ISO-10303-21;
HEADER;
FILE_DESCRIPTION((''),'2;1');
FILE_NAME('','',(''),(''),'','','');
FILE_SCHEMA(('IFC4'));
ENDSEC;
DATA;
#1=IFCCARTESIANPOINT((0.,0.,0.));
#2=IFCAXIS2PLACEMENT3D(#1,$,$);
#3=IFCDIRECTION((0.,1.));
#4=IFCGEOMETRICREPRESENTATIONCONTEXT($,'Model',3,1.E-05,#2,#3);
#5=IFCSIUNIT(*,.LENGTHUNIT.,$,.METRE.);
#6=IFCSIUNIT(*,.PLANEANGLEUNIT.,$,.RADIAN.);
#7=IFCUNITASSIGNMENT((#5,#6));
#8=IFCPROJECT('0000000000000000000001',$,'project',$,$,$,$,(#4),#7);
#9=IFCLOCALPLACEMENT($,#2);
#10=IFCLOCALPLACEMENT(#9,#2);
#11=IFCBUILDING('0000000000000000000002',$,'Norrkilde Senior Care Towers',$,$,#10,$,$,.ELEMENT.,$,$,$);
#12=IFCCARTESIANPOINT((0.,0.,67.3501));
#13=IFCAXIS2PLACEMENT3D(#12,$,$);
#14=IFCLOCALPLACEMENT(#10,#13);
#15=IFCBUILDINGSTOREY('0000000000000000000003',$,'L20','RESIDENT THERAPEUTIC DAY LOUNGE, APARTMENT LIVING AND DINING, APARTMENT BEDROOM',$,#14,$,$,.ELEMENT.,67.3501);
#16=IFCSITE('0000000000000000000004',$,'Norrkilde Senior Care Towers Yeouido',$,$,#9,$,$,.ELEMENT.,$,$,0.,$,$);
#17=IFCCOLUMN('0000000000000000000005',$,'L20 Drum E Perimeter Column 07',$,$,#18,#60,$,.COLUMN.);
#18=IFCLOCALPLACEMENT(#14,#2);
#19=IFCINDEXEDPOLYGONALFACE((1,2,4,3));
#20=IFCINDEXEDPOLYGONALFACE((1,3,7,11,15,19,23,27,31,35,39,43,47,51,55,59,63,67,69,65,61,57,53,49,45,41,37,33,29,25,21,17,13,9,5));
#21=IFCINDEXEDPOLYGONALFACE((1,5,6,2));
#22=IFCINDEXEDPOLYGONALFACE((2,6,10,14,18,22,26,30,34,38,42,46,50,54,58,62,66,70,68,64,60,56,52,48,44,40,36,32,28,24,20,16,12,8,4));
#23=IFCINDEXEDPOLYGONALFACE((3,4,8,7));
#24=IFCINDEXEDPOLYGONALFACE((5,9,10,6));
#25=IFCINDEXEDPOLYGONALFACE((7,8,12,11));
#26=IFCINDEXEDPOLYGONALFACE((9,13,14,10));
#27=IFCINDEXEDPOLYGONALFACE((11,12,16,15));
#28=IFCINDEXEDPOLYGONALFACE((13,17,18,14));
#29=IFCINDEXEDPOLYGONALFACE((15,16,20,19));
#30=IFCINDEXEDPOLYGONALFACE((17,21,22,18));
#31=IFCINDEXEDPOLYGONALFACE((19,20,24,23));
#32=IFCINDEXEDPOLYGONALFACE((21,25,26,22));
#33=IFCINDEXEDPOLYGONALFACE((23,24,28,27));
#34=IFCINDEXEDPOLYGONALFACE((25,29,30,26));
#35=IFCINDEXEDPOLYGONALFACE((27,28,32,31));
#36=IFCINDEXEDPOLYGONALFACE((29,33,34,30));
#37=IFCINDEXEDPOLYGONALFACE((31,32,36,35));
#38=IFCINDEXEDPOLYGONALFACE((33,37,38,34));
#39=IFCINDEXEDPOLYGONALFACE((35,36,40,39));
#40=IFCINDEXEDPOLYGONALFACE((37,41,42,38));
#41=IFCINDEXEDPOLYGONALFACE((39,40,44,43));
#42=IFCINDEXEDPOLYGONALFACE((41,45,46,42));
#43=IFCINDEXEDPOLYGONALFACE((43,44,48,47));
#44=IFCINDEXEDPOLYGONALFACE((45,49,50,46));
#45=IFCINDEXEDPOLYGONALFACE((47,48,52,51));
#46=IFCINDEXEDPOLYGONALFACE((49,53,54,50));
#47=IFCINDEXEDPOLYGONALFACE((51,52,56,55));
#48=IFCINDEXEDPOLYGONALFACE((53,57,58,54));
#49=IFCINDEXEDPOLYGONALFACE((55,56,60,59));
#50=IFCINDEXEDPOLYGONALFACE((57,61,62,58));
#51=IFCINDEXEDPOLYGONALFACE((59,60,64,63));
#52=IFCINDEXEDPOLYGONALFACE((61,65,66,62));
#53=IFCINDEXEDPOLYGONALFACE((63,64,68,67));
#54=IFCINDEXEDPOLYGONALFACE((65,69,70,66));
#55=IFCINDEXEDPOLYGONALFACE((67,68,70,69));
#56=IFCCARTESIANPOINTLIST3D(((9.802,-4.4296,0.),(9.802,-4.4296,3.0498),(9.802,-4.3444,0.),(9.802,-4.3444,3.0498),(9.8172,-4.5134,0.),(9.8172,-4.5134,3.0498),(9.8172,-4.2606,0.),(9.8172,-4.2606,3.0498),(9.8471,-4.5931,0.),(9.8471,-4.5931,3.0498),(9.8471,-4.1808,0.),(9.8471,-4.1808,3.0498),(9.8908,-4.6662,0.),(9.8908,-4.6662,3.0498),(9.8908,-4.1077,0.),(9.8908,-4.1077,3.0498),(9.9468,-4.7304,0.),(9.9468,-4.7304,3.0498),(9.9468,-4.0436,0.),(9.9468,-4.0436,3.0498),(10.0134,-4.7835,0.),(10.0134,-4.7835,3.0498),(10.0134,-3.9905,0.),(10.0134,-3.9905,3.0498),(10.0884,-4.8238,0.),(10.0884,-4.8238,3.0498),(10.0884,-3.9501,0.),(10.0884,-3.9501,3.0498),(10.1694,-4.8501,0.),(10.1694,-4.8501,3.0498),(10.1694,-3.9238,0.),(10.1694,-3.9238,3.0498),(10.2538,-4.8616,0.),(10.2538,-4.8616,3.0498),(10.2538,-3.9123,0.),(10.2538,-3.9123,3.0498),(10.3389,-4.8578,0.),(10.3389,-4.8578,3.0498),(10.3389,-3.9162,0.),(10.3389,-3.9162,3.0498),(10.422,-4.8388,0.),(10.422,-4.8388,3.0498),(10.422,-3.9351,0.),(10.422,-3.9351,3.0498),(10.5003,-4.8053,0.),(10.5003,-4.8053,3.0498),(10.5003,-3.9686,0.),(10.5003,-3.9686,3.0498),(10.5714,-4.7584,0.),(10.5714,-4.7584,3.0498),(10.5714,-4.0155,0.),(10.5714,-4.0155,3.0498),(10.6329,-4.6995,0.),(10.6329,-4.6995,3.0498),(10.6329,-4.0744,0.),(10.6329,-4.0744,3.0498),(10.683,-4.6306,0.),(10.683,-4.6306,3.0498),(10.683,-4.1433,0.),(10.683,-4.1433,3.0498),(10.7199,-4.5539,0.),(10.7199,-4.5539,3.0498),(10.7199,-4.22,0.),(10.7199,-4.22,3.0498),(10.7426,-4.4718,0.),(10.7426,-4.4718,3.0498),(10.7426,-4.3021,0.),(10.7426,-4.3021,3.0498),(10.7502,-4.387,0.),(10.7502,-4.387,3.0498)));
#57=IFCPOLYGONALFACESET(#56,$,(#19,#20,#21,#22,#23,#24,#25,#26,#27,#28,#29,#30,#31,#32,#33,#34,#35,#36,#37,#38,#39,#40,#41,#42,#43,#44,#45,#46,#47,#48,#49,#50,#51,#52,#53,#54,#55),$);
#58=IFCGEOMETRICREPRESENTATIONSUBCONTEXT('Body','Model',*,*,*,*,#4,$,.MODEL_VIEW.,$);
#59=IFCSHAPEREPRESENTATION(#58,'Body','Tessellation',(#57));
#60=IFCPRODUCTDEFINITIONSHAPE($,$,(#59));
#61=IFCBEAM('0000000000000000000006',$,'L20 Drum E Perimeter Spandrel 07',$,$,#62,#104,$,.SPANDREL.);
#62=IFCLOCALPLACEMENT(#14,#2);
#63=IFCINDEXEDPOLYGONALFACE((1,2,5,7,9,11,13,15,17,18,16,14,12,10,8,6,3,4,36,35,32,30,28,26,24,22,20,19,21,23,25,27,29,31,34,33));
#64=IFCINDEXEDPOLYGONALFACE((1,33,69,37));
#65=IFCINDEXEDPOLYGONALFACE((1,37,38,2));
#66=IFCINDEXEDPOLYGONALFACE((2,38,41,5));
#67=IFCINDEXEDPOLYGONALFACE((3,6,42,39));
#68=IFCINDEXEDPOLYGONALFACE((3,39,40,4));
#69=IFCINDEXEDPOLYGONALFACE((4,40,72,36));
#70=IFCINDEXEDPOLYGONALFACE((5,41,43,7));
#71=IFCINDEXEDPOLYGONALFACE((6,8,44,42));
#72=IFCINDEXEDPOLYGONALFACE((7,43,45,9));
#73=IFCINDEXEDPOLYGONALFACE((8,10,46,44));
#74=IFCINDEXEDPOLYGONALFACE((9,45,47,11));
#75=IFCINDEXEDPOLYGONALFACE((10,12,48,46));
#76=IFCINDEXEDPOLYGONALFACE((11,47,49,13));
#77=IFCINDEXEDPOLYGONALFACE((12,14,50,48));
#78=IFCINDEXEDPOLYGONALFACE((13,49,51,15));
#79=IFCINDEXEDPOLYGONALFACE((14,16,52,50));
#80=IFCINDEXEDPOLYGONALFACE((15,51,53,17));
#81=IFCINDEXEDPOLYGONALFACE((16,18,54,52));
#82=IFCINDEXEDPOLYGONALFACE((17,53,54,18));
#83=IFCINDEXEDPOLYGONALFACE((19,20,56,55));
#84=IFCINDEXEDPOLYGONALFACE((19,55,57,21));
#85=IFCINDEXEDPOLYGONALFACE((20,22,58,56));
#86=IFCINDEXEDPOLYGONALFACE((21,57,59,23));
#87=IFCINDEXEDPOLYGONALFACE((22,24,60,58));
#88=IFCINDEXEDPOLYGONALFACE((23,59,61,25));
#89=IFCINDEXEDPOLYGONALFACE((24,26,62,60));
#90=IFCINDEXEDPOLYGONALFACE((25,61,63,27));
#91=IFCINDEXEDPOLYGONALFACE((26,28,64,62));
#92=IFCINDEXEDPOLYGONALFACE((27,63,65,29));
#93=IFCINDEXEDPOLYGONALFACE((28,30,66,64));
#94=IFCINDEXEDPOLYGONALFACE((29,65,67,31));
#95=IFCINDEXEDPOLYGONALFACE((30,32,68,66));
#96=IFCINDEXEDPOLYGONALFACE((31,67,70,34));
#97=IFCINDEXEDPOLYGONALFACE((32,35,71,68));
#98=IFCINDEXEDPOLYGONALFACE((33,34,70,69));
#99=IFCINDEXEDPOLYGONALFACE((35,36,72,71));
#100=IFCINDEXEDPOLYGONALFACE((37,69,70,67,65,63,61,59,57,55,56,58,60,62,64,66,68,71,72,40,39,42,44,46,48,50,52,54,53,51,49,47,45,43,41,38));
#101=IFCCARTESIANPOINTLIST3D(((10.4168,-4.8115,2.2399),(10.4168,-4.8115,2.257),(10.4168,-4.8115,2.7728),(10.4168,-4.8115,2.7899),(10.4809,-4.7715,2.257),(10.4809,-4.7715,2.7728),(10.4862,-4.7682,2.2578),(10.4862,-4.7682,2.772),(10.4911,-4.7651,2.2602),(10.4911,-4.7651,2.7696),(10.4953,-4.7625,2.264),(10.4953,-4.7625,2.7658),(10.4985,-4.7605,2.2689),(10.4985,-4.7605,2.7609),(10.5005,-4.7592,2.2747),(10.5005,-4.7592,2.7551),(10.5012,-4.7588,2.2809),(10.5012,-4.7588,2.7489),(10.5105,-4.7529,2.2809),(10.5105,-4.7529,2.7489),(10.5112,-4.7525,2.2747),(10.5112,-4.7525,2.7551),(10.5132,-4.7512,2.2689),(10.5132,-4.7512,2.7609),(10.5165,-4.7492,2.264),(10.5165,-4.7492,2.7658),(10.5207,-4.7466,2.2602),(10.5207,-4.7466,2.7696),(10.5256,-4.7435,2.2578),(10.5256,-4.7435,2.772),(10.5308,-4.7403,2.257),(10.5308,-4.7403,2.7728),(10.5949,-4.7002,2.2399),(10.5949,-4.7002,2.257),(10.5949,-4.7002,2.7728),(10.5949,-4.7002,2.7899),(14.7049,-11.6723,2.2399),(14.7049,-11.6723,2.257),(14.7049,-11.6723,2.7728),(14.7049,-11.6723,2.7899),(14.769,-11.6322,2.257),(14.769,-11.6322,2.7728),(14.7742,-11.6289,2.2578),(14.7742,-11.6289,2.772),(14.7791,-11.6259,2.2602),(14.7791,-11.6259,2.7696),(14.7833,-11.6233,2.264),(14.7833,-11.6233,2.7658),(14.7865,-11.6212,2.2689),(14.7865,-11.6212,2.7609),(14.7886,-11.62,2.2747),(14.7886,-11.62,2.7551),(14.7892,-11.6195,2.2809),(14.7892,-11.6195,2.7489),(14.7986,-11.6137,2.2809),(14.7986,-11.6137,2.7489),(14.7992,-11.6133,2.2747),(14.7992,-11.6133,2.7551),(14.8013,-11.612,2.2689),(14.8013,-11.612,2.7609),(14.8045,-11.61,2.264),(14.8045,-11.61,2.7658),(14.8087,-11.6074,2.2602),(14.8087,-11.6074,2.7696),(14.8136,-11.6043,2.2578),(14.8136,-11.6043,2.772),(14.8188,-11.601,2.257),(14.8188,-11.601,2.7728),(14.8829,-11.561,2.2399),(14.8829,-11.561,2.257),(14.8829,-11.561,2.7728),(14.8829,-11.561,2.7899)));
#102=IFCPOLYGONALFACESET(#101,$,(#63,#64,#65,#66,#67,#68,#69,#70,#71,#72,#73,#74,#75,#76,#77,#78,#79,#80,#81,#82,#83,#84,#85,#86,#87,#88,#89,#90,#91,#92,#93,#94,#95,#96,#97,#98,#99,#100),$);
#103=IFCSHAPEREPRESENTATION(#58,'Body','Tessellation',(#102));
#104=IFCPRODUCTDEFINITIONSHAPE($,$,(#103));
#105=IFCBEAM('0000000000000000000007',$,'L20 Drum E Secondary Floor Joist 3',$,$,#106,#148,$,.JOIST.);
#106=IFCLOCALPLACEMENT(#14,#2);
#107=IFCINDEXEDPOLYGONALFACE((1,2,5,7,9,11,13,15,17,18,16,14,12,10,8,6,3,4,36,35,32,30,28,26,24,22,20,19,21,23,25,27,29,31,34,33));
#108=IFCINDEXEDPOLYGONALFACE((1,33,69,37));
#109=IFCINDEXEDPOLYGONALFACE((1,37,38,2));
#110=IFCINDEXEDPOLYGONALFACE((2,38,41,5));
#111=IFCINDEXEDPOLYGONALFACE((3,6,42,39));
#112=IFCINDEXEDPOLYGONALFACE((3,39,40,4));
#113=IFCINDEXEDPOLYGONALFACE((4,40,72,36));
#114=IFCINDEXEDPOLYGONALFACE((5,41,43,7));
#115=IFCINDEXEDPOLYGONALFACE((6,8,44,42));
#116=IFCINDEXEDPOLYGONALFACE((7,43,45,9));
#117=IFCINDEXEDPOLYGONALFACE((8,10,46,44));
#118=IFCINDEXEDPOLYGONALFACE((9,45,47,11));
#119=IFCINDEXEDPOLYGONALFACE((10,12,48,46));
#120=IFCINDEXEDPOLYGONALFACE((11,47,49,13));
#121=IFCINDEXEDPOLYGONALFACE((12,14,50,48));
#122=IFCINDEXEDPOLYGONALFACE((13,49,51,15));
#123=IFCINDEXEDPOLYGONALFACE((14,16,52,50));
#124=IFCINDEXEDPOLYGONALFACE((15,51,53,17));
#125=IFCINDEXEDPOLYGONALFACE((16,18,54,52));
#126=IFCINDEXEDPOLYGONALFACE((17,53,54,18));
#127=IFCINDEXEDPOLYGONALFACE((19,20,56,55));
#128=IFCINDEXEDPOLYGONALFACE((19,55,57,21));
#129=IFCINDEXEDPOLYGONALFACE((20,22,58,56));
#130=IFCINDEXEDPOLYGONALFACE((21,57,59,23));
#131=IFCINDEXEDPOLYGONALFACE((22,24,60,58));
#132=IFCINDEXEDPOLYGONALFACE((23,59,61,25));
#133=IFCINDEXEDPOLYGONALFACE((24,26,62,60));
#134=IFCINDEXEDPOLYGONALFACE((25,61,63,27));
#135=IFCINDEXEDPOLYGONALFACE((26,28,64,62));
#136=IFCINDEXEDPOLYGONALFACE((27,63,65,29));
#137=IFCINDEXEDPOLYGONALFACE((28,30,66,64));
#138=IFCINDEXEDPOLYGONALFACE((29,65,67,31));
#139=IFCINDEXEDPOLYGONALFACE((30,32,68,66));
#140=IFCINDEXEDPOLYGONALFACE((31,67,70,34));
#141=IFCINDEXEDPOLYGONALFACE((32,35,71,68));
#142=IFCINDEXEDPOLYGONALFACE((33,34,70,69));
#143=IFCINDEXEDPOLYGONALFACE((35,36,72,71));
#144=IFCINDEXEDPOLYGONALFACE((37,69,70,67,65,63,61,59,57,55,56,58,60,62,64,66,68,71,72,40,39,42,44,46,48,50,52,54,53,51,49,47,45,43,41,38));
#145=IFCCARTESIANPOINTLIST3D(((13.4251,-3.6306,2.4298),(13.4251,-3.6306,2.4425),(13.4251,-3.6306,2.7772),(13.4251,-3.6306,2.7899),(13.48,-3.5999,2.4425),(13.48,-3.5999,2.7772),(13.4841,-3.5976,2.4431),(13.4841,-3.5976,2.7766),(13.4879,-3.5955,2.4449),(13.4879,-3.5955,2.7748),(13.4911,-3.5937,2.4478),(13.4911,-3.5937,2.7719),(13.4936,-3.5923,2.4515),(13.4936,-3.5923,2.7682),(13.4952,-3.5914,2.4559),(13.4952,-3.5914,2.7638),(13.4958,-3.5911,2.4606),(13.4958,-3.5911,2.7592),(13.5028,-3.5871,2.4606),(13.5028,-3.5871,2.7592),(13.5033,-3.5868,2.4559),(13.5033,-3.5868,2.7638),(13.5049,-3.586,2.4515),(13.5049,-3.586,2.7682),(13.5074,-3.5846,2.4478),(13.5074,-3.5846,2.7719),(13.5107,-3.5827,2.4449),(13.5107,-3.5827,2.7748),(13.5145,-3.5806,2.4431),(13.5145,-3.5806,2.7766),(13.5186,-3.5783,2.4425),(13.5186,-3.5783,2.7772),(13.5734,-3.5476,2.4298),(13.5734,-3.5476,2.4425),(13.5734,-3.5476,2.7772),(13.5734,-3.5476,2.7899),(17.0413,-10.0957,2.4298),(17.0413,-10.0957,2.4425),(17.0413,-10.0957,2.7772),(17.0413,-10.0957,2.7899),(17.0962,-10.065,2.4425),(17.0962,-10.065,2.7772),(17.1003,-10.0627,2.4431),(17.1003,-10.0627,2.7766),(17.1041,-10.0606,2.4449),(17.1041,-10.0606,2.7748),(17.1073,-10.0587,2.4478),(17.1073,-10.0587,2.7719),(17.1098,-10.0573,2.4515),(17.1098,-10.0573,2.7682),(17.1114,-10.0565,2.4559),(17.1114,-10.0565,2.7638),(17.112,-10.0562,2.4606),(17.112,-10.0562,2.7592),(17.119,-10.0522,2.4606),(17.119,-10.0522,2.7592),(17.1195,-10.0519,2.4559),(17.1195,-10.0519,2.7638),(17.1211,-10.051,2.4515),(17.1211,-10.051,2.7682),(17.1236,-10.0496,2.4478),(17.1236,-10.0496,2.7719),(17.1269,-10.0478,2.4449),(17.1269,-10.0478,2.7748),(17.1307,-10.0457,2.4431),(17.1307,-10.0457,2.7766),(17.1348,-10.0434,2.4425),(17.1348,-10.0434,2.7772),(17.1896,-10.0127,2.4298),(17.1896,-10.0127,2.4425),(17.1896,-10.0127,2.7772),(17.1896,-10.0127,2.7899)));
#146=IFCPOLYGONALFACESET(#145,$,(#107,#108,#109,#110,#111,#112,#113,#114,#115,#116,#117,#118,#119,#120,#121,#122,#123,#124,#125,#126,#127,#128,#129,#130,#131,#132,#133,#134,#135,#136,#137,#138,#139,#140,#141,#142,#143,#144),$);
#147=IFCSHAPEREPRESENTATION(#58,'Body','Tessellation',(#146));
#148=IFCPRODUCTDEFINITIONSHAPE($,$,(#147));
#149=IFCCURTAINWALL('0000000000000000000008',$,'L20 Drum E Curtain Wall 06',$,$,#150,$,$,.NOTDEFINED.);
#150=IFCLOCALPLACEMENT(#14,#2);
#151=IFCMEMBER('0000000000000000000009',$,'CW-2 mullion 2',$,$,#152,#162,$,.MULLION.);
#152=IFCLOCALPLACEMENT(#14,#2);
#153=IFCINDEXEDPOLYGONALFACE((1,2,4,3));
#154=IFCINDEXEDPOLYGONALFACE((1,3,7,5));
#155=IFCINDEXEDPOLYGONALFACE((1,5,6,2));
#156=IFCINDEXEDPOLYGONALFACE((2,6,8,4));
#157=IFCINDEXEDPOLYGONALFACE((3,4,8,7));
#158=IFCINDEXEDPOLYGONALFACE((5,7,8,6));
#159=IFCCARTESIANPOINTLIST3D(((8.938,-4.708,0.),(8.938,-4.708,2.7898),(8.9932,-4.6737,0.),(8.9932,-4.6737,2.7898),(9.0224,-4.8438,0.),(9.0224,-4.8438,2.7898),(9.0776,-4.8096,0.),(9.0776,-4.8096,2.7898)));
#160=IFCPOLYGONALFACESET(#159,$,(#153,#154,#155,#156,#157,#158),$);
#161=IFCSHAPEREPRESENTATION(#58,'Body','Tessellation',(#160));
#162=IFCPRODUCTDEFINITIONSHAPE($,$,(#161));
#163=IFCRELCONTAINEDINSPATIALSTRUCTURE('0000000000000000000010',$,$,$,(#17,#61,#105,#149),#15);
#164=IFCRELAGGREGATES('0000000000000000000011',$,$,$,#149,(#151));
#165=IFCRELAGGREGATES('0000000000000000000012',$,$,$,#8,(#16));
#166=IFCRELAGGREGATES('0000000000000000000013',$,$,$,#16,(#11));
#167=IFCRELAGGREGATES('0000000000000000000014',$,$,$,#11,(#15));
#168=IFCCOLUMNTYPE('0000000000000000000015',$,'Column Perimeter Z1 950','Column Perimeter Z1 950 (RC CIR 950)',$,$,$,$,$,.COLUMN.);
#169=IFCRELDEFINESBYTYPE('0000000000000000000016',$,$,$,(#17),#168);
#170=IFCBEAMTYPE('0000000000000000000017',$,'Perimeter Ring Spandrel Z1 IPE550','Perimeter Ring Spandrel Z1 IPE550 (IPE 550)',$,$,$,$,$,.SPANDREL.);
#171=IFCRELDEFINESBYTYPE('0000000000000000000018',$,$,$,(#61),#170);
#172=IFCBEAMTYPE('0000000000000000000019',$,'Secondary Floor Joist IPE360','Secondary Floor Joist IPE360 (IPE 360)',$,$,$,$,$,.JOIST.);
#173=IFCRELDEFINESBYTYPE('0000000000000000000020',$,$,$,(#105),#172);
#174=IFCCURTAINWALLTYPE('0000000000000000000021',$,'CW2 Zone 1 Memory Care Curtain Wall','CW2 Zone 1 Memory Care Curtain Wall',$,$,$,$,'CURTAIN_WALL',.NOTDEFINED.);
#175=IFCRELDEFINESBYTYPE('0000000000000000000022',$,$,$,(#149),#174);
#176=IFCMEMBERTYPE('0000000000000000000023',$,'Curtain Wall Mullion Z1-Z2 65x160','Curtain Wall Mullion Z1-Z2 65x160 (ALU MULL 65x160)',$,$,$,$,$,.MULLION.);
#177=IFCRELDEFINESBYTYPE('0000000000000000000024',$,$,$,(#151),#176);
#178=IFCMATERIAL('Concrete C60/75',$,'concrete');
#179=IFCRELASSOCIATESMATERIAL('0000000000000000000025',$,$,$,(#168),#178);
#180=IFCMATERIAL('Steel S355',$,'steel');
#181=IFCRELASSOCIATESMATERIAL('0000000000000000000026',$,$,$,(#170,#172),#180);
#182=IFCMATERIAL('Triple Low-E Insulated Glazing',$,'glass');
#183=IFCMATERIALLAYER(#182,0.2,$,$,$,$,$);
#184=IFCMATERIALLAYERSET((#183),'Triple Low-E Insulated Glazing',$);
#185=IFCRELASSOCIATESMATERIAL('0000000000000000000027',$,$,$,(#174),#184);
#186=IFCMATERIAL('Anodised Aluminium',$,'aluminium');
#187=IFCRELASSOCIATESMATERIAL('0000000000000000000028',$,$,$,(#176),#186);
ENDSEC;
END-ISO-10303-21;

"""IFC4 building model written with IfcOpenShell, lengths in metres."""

from ifc_helpers import new_model, si_unit, direction, frame, origin, origin_2d, place, context, subcontext, project, spatial, rectangle, circle, i_section, extrude, source, transform, mapped, material, layer, layer_set, material_profile, profile_set, type_object, type_shapes, element, aggregate, save


model = new_model("IFC4")

# Units and contexts
model_context = context("Model", 3, precision=1e-05, world=origin(), true_north=direction((0.0, 1.0)))
body_context = subcontext(model_context, "Body", "Model", "MODEL_VIEW")
ifc_project = project(units=[si_unit("LENGTHUNIT", "METRE"), si_unit("PLANEANGLEUNIT", "RADIAN")], contexts=[model_context])

# Site, building, storey
site_placement = place(None, origin())
site = spatial("IfcSite", under=ifc_project, at=site_placement, Name="Norrkilde Senior Care Towers Yeouido", CompositionType="ELEMENT", RefElevation=0.0)
building_placement = place(site_placement, origin())
building = spatial("IfcBuilding", under=site, at=building_placement, Name="Norrkilde Senior Care Towers", CompositionType="ELEMENT")
storey_placement = place(building_placement, frame((0.0, 0.0, 67.3501)))
storey = spatial("IfcBuildingStorey", under=building, at=storey_placement, Name="L20", Description="RESIDENT THERAPEUTIC DAY LOUNGE, APARTMENT LIVING AND DINING, APARTMENT BEDROOM", CompositionType="ELEMENT", Elevation=67.3501)

# Column
ifc_material_1 = material(Name="Concrete C60/75", Category="concrete")
ifc_material_profile_1 = material_profile(ifc_material_1, circle(Radius=0.4751, at=origin_2d()), Name="RC CIR 950")
ifc_profile_set_1 = profile_set([ifc_material_profile_1], Name="Concrete C60/75")
column_type = type_object("IfcColumnType", Name="Column Perimeter Z1 950", Description="Column Perimeter Z1 950 (RC CIR 950)", PredefinedType="COLUMN", material=ifc_profile_set_1)
shared_shape_1 = source(origin(), body_context, "Body", "SweptSolid", [
    extrude(circle(Radius=0.4751, at=origin_2d()), origin(), (0.0, 0.0, 1.0), 3.0498),
])
type_shapes(column_type, [shared_shape_1])
column_placement = place(storey_placement, frame((10.2751, -4.387, 0.0), z_axis=(0.0, 0.0, 1.0), x_axis=(1.0, 0.0, 0.0)))
element("IfcColumn", 1, at=column_placement, inside=storey, type_object=column_type, Name="L20 Drum E Perimeter Column 07", PredefinedType="COLUMN", context=body_context, shape_type="MappedRepresentation", body=[
    mapped(shared_shape_1, transform((0.0, 0.0, 0.0), x_axis=(1.0, 0.0, 0.0), y_axis=(0.0, 1.0, 0.0), z_axis=(0.0, 0.0, 1.0), scale=1.0)),
])

# Beams
ifc_material_2 = material(Name="Steel S355", Category="steel")
ifc_material_profile_2 = material_profile(ifc_material_2, i_section(OverallWidth=0.21, OverallDepth=0.55, WebThickness=0.011, FlangeThickness=0.0171, FilletRadius=0.0239, at=origin_2d()), Name="IPE 550")
ifc_profile_set_2 = profile_set([ifc_material_profile_2], Name="Steel S355")
beam_type_1 = type_object("IfcBeamType", Name="Perimeter Ring Spandrel Z1 IPE550", Description="Perimeter Ring Spandrel Z1 IPE550 (IPE 550)", PredefinedType="SPANDREL", material=ifc_profile_set_2)
shared_shape_2 = source(origin(), body_context, "Body", "SweptSolid", [
    extrude(i_section(OverallWidth=0.21, OverallDepth=0.55, WebThickness=0.011, FlangeThickness=0.0171, FilletRadius=0.0239, at=origin_2d()), origin(), (0.0, 0.0, 1.0), 8.0906),
])
type_shapes(beam_type_1, [shared_shape_2])
beam_1_placement = place(storey_placement, frame((10.5059, -4.7559, 2.5149), z_axis=(0.530004, -0.847995, 0.0), x_axis=(0.847995, 0.530004, 0.0)))
element("IfcBeam", 2, at=beam_1_placement, inside=storey, type_object=beam_type_1, Name="L20 Drum E Perimeter Spandrel 07", PredefinedType="SPANDREL", context=body_context, shape_type="MappedRepresentation", body=[
    mapped(shared_shape_2, transform((0.0, 0.0, 0.0), x_axis=(1.0, 0.0, 0.0), y_axis=(0.0, 1.0, 0.0), z_axis=(0.0, 0.0, 1.0), scale=1.0)),
])
ifc_material_profile_3 = material_profile(ifc_material_2, i_section(OverallWidth=0.1699, OverallDepth=0.3601, WebThickness=0.0081, FlangeThickness=0.0127, FilletRadius=0.0181, at=origin_2d()), Name="IPE 360")
ifc_profile_set_3 = profile_set([ifc_material_profile_3], Name="Steel S355")
beam_type_2 = type_object("IfcBeamType", Name="Secondary Floor Joist IPE360", Description="Secondary Floor Joist IPE360 (IPE 360)", PredefinedType="JOIST", material=ifc_profile_set_3)
shared_shape_3 = source(origin(), body_context, "Body", "SweptSolid", [
    extrude(i_section(OverallWidth=0.1699, OverallDepth=0.3601, WebThickness=0.0081, FlangeThickness=0.0127, FilletRadius=0.0181, at=origin_2d()), origin(), (0.0, 0.0, 1.0), 7.4077),
])
type_shapes(beam_type_2, [shared_shape_3])
beam_2_placement = place(storey_placement, frame((13.4993, -3.5891, 2.6099), z_axis=(0.488168, -0.87275, 0.0), x_axis=(0.87275, 0.488168, 0.0)))
element("IfcBeam", 3, at=beam_2_placement, inside=storey, type_object=beam_type_2, Name="L20 Drum E Secondary Floor Joist 3", PredefinedType="JOIST", context=body_context, shape_type="MappedRepresentation", body=[
    mapped(shared_shape_3, transform((0.0, 0.0, 0.0), x_axis=(1.0, 0.0, 0.0), y_axis=(0.0, 1.0, 0.0), z_axis=(0.0, 0.0, 1.0), scale=1.0)),
])

# Curtain wall, member
ifc_material_3 = material(Name="Triple Low-E Insulated Glazing", Category="glass")
ifc_layer_1 = layer(ifc_material_3, 0.2)
ifc_layer_set_1 = layer_set([ifc_layer_1], Name="Triple Low-E Insulated Glazing")
curtain_wall_type = type_object("IfcCurtainWallType", Name="CW2 Zone 1 Memory Care Curtain Wall", Description="CW2 Zone 1 Memory Care Curtain Wall", ElementType="CURTAIN_WALL", PredefinedType="NOTDEFINED", material=ifc_layer_set_1)
curtain_wall_placement = place(storey_placement, origin())
curtain_wall = element("IfcCurtainWall", 4, at=curtain_wall_placement, inside=storey, type_object=curtain_wall_type, Name="L20 Drum E Curtain Wall 06", PredefinedType="NOTDEFINED")
ifc_material_4 = material(Name="Anodised Aluminium", Category="aluminium")
ifc_material_profile_4 = material_profile(ifc_material_4, rectangle(XDim=0.0649, YDim=0.1599, at=origin_2d()), Name="ALU MULL 65x160")
ifc_profile_set_4 = profile_set([ifc_material_profile_4], Name="Anodised Aluminium")
member_type = type_object("IfcMemberType", Name="Curtain Wall Mullion Z1-Z2 65x160", Description="Curtain Wall Mullion Z1-Z2 65x160 (ALU MULL 65x160)", PredefinedType="MULLION", material=ifc_profile_set_4)
shared_shape_4 = source(origin(), body_context, "Body", "SweptSolid", [
    extrude(rectangle(XDim=0.0649, YDim=0.1599, at=origin_2d()), origin(), (0.0, 0.0, 1.0), 2.7898),
])
type_shapes(member_type, [shared_shape_4])
member_placement = place(storey_placement, frame((9.0078, -4.7588, 0.0), z_axis=(0.0, 0.0, 1.0), x_axis=(-0.849306, -0.527901, 0.0)))
member = element("IfcMember", 5, at=member_placement, type_object=member_type, Name="CW-2 mullion 2", PredefinedType="MULLION", context=body_context, shape_type="MappedRepresentation", body=[
    mapped(shared_shape_4, transform((0.0, 0.0, 0.0), x_axis=(1.0, 0.0, 0.0), y_axis=(0.0, 1.0, 0.0), z_axis=(0.0, 0.0, 1.0), scale=1.0)),
])
aggregate(curtain_wall, [member])

save(model, "model.ifc")
